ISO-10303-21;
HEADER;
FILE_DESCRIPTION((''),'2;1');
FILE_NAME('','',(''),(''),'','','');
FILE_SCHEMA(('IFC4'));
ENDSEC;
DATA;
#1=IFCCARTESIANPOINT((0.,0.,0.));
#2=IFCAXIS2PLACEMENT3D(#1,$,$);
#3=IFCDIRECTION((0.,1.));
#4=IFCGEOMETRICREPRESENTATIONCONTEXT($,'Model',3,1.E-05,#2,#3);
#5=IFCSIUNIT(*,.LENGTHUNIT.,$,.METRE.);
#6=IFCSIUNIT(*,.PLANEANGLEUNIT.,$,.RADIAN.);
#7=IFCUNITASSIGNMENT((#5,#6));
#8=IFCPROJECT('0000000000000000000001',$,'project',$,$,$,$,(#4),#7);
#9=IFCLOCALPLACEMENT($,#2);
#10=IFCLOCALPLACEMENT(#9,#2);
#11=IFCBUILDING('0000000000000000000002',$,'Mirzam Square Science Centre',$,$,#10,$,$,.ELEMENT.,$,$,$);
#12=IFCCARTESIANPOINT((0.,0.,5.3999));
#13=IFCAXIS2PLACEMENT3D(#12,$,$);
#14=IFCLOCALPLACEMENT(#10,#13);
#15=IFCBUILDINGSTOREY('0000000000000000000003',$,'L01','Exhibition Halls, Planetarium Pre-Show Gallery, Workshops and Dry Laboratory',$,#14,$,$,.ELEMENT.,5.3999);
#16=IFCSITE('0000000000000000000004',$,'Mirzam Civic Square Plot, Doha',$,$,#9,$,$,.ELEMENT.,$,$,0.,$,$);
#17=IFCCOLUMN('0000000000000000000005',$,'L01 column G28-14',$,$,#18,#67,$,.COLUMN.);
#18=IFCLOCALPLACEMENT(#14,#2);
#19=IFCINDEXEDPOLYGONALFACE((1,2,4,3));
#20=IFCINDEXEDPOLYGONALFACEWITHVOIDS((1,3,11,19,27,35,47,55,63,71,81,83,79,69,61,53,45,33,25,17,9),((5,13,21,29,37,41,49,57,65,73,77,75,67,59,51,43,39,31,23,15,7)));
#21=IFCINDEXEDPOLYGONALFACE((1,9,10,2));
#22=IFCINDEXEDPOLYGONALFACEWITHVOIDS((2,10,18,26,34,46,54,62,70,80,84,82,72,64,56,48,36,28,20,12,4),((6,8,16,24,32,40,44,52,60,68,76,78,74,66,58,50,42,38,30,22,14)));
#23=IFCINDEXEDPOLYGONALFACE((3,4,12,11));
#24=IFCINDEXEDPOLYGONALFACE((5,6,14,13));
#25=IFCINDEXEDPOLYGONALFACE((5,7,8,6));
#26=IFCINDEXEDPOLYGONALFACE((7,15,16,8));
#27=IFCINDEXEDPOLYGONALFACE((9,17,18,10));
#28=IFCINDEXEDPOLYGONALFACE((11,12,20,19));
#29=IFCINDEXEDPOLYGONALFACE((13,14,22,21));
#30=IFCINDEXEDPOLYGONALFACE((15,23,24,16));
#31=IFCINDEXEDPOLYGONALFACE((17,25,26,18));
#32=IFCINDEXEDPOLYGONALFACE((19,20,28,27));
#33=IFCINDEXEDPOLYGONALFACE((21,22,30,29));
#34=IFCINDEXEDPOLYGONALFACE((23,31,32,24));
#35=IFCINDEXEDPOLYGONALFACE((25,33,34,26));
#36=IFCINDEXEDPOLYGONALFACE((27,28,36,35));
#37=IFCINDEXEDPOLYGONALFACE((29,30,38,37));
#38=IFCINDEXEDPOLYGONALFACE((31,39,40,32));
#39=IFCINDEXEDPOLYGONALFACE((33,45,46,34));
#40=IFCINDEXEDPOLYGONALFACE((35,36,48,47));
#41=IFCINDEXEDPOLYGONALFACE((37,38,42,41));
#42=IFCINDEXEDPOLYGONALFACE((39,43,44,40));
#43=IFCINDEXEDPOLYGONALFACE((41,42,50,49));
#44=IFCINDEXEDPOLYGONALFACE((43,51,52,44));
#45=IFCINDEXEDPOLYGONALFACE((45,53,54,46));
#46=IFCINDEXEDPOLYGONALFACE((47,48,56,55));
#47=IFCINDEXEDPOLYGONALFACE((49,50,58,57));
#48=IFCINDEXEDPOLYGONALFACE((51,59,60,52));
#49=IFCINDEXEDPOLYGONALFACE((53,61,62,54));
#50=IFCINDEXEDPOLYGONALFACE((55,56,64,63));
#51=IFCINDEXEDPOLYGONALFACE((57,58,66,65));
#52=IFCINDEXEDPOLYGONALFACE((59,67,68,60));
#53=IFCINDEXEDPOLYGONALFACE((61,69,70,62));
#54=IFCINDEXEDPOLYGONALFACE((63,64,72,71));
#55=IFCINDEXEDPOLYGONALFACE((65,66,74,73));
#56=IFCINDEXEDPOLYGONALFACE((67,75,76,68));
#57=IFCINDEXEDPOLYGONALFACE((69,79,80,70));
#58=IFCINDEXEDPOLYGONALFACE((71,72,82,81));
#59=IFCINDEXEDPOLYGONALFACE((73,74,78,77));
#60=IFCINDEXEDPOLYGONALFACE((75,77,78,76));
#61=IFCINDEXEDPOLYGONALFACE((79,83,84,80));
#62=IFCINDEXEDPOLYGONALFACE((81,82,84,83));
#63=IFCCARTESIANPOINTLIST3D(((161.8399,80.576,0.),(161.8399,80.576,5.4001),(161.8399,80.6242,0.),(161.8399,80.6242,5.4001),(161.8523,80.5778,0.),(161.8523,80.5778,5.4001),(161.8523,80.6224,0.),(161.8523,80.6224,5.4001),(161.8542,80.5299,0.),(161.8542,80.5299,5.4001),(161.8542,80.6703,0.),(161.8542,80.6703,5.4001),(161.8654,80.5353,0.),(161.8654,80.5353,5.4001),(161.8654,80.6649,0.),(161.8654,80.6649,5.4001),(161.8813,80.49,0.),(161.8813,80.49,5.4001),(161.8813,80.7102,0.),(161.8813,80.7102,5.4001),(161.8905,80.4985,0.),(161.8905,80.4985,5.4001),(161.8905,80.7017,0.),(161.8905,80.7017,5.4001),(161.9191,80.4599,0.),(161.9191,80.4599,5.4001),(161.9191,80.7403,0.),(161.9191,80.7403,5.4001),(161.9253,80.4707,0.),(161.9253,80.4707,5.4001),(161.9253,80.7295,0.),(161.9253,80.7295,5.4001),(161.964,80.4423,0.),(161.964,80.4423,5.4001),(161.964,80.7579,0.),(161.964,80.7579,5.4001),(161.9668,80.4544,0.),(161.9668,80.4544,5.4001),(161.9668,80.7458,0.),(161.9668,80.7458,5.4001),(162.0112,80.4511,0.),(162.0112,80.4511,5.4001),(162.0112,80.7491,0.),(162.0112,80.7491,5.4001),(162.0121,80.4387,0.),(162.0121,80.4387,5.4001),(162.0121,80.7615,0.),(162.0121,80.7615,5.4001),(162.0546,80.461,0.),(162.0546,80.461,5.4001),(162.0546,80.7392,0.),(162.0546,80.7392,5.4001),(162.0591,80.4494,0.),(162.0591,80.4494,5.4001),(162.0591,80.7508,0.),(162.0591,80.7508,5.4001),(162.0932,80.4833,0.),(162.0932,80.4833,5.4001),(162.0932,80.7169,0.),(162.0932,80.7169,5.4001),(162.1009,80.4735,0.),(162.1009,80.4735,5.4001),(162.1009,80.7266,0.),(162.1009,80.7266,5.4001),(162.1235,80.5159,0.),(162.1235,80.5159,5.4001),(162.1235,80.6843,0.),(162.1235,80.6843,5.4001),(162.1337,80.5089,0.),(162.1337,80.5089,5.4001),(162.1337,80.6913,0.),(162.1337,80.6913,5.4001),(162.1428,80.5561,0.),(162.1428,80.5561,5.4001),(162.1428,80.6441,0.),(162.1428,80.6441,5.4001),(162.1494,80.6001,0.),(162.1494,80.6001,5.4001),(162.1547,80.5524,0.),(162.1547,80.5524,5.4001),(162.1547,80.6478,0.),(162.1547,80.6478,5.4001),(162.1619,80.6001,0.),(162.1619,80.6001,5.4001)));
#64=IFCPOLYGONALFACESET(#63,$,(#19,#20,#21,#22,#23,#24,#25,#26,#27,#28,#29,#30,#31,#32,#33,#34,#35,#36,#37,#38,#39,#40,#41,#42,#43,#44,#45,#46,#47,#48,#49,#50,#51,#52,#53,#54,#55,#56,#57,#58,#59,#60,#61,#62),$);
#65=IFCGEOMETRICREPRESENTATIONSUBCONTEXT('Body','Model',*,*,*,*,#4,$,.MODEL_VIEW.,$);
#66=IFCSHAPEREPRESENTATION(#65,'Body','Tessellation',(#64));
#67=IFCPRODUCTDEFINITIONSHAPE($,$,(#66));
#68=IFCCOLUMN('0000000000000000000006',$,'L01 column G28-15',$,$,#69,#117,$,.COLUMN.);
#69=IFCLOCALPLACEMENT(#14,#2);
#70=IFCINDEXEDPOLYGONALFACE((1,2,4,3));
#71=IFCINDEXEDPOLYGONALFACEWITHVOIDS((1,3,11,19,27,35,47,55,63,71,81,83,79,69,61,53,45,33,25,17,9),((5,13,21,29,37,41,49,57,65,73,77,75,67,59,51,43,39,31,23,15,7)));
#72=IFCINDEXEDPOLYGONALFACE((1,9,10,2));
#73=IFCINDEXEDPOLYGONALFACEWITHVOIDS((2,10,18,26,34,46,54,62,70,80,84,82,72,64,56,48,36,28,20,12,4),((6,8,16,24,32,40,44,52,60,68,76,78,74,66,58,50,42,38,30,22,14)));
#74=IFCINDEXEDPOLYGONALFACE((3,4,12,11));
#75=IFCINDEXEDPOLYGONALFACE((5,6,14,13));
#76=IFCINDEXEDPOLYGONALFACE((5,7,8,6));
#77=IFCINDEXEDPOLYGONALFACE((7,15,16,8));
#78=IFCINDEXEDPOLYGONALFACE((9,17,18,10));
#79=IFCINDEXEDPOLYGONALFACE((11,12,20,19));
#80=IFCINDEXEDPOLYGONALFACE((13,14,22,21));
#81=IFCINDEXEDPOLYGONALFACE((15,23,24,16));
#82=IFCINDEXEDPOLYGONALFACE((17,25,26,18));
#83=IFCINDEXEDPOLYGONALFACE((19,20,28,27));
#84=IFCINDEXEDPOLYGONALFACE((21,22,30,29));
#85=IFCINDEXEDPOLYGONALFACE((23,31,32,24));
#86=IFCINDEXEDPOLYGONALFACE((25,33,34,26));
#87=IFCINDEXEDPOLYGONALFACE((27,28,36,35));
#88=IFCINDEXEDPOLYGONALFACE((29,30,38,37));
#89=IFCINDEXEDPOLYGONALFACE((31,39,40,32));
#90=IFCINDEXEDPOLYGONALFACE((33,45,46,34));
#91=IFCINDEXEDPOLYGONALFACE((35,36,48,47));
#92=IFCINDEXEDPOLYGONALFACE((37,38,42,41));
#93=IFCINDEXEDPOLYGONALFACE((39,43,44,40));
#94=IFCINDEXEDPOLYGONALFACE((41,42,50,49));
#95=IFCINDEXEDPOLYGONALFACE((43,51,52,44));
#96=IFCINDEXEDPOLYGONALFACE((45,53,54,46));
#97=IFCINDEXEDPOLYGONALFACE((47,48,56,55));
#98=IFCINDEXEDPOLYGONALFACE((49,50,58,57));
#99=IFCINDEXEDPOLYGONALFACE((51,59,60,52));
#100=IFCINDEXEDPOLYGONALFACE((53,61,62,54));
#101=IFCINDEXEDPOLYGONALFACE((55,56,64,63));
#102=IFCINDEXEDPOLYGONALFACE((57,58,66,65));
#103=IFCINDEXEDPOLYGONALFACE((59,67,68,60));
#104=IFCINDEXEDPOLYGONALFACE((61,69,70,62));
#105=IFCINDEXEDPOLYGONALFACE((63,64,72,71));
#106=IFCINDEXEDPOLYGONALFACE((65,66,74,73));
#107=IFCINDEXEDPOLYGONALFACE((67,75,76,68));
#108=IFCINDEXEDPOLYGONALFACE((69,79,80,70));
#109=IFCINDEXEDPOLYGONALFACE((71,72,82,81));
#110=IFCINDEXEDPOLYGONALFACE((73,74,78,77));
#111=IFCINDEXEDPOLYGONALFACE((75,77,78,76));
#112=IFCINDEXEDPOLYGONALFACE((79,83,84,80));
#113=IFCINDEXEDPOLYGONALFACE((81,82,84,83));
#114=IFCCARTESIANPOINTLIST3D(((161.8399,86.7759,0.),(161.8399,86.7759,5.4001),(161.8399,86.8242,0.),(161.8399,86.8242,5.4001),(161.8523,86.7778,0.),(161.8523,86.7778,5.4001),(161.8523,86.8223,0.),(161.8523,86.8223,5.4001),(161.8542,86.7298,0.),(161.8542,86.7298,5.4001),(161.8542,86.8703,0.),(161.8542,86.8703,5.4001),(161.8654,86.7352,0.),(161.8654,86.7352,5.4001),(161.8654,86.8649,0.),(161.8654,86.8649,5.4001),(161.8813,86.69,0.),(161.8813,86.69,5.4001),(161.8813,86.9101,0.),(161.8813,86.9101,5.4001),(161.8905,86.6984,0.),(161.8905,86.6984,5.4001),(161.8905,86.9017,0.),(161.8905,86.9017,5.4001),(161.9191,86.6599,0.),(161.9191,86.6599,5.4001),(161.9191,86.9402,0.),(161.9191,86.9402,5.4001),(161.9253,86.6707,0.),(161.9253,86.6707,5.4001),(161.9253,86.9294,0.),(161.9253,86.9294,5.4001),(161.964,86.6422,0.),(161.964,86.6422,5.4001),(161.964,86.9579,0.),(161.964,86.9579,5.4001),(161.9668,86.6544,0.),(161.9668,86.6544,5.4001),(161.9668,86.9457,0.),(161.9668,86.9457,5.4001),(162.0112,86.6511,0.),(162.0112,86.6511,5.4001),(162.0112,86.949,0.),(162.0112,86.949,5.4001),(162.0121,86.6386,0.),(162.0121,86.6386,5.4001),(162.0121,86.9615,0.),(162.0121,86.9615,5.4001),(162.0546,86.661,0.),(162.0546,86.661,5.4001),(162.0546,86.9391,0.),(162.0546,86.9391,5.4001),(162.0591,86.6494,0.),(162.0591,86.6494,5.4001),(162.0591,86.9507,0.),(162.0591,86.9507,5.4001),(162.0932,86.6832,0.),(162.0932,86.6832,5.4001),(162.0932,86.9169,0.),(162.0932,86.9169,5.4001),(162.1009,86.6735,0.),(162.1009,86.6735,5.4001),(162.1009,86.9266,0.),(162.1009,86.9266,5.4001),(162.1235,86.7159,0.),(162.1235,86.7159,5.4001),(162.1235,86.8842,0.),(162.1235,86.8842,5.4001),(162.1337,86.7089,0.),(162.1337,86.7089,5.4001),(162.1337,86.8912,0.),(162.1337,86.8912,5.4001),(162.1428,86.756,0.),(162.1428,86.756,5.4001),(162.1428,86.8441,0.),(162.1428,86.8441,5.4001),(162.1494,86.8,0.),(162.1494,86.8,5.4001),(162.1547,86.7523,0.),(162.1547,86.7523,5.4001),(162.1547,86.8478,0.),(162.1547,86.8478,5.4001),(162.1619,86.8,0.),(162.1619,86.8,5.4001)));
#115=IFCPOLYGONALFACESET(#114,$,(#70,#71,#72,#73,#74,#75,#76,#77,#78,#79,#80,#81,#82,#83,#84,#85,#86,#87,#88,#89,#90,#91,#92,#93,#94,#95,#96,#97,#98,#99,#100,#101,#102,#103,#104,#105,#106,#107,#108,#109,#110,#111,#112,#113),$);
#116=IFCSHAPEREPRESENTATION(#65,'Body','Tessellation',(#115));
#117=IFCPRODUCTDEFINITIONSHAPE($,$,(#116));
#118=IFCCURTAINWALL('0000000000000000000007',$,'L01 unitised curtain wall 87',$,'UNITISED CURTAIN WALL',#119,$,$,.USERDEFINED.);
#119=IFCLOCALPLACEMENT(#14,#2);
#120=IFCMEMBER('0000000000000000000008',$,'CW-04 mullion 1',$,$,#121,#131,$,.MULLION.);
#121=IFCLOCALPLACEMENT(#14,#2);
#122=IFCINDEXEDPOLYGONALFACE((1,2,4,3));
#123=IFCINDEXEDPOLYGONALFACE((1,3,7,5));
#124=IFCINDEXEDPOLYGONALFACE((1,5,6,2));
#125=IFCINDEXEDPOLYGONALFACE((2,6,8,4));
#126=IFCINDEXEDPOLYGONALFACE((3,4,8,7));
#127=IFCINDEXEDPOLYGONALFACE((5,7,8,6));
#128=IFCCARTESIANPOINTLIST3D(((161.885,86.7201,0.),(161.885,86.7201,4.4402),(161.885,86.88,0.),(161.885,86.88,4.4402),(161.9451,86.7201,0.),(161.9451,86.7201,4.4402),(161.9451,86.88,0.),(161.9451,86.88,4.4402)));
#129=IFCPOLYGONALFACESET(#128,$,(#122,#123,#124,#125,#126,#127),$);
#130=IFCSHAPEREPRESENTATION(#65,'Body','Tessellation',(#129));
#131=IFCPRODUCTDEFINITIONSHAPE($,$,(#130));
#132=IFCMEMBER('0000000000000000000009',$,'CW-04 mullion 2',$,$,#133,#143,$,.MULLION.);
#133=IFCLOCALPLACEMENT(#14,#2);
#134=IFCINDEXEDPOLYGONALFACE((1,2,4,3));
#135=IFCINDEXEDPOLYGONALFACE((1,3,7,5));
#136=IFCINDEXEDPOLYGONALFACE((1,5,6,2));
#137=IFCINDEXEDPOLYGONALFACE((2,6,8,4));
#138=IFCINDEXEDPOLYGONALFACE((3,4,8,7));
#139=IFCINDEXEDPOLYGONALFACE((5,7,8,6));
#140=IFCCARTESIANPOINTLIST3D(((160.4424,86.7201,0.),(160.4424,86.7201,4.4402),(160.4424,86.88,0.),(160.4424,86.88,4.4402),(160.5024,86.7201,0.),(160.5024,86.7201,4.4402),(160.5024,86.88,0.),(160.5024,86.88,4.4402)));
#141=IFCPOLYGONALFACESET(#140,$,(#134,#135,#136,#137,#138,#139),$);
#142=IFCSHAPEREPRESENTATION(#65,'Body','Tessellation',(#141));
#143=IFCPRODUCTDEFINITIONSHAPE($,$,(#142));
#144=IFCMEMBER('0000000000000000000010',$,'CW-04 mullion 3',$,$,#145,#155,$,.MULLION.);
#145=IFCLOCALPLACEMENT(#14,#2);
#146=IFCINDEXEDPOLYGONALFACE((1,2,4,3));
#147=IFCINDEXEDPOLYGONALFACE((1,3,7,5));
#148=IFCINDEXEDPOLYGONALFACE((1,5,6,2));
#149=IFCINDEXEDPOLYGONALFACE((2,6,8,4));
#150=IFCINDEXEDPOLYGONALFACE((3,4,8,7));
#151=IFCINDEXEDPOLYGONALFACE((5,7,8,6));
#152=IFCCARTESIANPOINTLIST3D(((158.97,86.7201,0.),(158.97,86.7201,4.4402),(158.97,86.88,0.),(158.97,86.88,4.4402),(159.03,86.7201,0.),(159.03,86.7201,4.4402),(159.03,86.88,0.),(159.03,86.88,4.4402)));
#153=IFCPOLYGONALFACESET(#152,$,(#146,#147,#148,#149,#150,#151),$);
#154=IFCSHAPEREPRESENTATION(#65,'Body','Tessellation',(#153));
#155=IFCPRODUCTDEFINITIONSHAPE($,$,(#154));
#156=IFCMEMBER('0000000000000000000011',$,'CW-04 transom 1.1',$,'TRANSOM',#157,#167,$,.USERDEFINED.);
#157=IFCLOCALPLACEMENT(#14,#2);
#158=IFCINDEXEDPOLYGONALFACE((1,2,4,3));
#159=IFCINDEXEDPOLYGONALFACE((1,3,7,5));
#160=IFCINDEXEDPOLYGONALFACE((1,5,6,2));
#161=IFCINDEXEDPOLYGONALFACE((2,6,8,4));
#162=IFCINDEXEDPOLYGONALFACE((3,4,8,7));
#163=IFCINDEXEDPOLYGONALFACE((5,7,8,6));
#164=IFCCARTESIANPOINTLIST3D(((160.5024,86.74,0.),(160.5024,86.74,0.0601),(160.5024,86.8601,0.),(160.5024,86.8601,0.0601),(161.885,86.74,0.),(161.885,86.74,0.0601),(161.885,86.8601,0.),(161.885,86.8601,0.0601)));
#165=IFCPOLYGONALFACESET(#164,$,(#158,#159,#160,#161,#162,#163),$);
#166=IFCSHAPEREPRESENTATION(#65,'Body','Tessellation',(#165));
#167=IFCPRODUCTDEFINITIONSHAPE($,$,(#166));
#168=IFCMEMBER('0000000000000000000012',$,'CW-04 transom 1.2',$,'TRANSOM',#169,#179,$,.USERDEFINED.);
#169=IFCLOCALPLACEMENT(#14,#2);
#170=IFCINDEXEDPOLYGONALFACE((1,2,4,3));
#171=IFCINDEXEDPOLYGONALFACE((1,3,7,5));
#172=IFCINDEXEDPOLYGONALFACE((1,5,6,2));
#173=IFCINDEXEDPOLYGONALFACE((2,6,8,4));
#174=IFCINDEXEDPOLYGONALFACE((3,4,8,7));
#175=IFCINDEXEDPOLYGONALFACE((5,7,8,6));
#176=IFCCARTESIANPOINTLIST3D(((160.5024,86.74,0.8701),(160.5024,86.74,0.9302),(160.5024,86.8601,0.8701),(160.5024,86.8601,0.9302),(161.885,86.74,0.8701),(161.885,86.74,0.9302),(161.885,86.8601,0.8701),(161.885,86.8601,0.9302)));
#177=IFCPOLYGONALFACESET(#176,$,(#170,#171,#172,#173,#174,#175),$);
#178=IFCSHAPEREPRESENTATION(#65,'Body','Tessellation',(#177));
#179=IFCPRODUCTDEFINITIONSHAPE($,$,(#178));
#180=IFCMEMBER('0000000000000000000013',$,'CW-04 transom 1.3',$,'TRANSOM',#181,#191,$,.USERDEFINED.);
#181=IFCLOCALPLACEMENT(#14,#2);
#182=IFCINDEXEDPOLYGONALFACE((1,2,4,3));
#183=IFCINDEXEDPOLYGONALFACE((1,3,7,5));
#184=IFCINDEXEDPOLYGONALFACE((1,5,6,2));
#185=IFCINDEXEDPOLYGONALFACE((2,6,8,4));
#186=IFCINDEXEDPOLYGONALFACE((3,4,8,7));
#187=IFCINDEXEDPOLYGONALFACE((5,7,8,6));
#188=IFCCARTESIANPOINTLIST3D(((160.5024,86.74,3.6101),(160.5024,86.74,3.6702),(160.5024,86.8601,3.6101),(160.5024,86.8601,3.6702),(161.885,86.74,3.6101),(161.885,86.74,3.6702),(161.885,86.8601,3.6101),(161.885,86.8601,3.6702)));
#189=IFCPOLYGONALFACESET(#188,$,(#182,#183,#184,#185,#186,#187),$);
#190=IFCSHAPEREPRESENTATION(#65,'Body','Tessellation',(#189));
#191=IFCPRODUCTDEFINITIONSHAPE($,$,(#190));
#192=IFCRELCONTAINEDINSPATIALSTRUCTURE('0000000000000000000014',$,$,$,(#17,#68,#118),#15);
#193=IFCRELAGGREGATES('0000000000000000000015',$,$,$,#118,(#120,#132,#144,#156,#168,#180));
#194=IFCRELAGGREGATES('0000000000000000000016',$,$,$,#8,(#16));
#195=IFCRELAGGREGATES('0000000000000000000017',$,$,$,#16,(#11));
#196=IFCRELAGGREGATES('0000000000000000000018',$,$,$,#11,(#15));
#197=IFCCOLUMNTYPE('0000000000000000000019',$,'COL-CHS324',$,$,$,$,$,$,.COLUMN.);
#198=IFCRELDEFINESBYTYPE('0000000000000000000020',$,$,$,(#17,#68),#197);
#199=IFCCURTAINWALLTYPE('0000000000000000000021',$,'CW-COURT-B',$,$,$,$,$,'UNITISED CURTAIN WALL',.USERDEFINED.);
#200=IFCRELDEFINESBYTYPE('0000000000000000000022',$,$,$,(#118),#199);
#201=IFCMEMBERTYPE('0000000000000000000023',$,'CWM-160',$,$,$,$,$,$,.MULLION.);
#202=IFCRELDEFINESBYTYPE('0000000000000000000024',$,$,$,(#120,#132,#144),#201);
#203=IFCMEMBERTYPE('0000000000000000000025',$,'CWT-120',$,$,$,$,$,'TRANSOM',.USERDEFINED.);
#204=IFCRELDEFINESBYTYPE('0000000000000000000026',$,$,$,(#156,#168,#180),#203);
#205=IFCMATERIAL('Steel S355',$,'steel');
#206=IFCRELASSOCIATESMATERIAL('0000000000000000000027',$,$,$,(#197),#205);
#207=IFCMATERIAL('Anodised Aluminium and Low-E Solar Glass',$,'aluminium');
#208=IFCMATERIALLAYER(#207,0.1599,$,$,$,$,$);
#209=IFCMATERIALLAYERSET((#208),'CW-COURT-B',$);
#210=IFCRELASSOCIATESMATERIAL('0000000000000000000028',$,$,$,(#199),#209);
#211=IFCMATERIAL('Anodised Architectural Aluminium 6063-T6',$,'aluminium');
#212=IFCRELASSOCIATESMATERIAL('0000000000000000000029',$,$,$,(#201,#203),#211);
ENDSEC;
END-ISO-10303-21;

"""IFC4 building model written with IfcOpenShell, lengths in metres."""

from ifc_helpers import new_model, si_unit, direction, frame, origin, origin_2d, place, context, subcontext, project, spatial, rectangle, hollow_circle, extrude, material, layer, layer_set, material_profile, profile_set, type_object, element, aggregate, save


model = new_model("IFC4")

# Units and contexts
model_context = context("Model", 3, precision=1e-05, world=origin(), true_north=direction((0.0, 1.0)))
body_context = subcontext(model_context, "Body", "Model", "MODEL_VIEW")
ifc_project = project(units=[si_unit("LENGTHUNIT", "METRE"), si_unit("PLANEANGLEUNIT", "RADIAN")], contexts=[model_context])

# Site, building, storey
site_placement = place(None, origin())
site = spatial("IfcSite", under=ifc_project, at=site_placement, Name="Mirzam Civic Square Plot, Doha", CompositionType="ELEMENT", RefElevation=0.0)
building_placement = place(site_placement, origin())
building = spatial("IfcBuilding", under=site, at=building_placement, Name="Mirzam Square Science Centre", CompositionType="ELEMENT")
storey_placement = place(building_placement, frame((0.0, 0.0, 5.3999)))
storey = spatial("IfcBuildingStorey", under=building, at=storey_placement, Name="L01", Description="Exhibition Halls, Planetarium Pre-Show Gallery, Workshops and Dry Laboratory", CompositionType="ELEMENT", Elevation=5.3999)

# Columns
ifc_material_1 = material(Name="Steel S355", Category="steel")
ifc_material_profile_1 = material_profile(ifc_material_1, hollow_circle(Radius=0.1619, WallThickness=0.0125, at=origin_2d()), Name="323.9x12.5CHS")
ifc_profile_set_1 = profile_set([ifc_material_profile_1], Name="Steel S355")
column_type = type_object("IfcColumnType", Name="COL-CHS324", PredefinedType="COLUMN", material=ifc_profile_set_1)
for number, where, z_axis, x_axis, name in (
    (1, (162.0, 80.6001, 0.0), (0.0, 0.0, 1.0), (1.0, 0.0, 0.0), "L01 column G28-14"),
    (2, (162.0, 86.8, 0.0), (0.0, 0.0, 1.0), (1.0, 0.0, 0.0), "L01 column G28-15"),
):
    element("IfcColumn", number, at=place(storey_placement, frame(where, z_axis=z_axis, x_axis=x_axis)), inside=storey, type_object=column_type, Name=name, PredefinedType="COLUMN", context=body_context, shape_type="SweptSolid", body=[
        extrude(hollow_circle(Radius=0.1619, WallThickness=0.0125, at=origin_2d()), origin(), (0.0, 0.0, 1.0), 5.4001),
    ])

# Curtain wall, members
ifc_material_2 = material(Name="Anodised Aluminium and Low-E Solar Glass", Category="aluminium")
ifc_layer_1 = layer(ifc_material_2, 0.1599)
ifc_layer_set_1 = layer_set([ifc_layer_1], Name="CW-COURT-B")
curtain_wall_type = type_object("IfcCurtainWallType", Name="CW-COURT-B", ElementType="UNITISED CURTAIN WALL", PredefinedType="USERDEFINED", material=ifc_layer_set_1)
curtain_wall_placement = place(storey_placement, origin())
curtain_wall = element("IfcCurtainWall", 3, at=curtain_wall_placement, inside=storey, type_object=curtain_wall_type, Name="L01 unitised curtain wall 87", ObjectType="UNITISED CURTAIN WALL", PredefinedType="USERDEFINED")
ifc_material_3 = material(Name="Anodised Architectural Aluminium 6063-T6", Category="aluminium")
ifc_material_profile_2 = material_profile(ifc_material_3, rectangle(XDim=0.0601, YDim=0.1599, at=origin_2d()), Name="ALU-MULL-160x60x4")
ifc_profile_set_2 = profile_set([ifc_material_profile_2], Name="Anodised Architectural Aluminium 6063-T6")
member_type_1 = type_object("IfcMemberType", Name="CWM-160", PredefinedType="MULLION", material=ifc_profile_set_2)
member_1_placement = place(storey_placement, frame((161.915, 86.8, 0.0), z_axis=(0.0, 0.0, 1.0), x_axis=(-1.0, 0.0, 0.0)))
member_1 = element("IfcMember", 4, at=member_1_placement, type_object=member_type_1, Name="CW-04 mullion 1", PredefinedType="MULLION", context=body_context, shape_type="SweptSolid", body=[
    extrude(rectangle(XDim=0.0601, YDim=0.1599, at=origin_2d()), origin(), (0.0, 0.0, 1.0), 4.4402),
])
member_2_placement = place(storey_placement, frame((160.4724, 86.8, 0.0), z_axis=(0.0, 0.0, 1.0), x_axis=(-1.0, 0.0, 0.0)))
member_2 = element("IfcMember", 5, at=member_2_placement, type_object=member_type_1, Name="CW-04 mullion 2", PredefinedType="MULLION", context=body_context, shape_type="SweptSolid", body=[
    extrude(rectangle(XDim=0.0601, YDim=0.1599, at=origin_2d()), origin(), (0.0, 0.0, 1.0), 4.4402),
])
member_3_placement = place(storey_placement, frame((159.0, 86.8, 0.0), z_axis=(0.0, 0.0, 1.0), x_axis=(-1.0, 0.0, 0.0)))
member_3 = element("IfcMember", 6, at=member_3_placement, type_object=member_type_1, Name="CW-04 mullion 3", PredefinedType="MULLION", context=body_context, shape_type="SweptSolid", body=[
    extrude(rectangle(XDim=0.0601, YDim=0.1599, at=origin_2d()), origin(), (0.0, 0.0, 1.0), 4.4402),
])
ifc_material_profile_3 = material_profile(ifc_material_3, rectangle(XDim=0.1201, YDim=0.0601, at=origin_2d()), Name="ALU-TRAN-120x60x4")
ifc_profile_set_3 = profile_set([ifc_material_profile_3], Name="Anodised Architectural Aluminium 6063-T6")
member_type_2 = type_object("IfcMemberType", Name="CWT-120", ElementType="TRANSOM", PredefinedType="USERDEFINED", material=ifc_profile_set_3)
member_4_placement = place(storey_placement, frame((161.885, 86.8, 0.03), z_axis=(-1.0, 0.0, 0.0), x_axis=(0.0, -1.0, 0.0)))
member_4 = element("IfcMember", 7, at=member_4_placement, type_object=member_type_2, Name="CW-04 transom 1.1", ObjectType="TRANSOM", PredefinedType="USERDEFINED", context=body_context, shape_type="SweptSolid", body=[
    extrude(rectangle(XDim=0.1201, YDim=0.0601, at=origin_2d()), origin(), (0.0, 0.0, 1.0), 1.3826),
])
member_5_placement = place(storey_placement, frame((161.885, 86.8, 0.9001), z_axis=(-1.0, 0.0, 0.0), x_axis=(0.0, -1.0, 0.0)))
member_5 = element("IfcMember", 8, at=member_5_placement, type_object=member_type_2, Name="CW-04 transom 1.2", ObjectType="TRANSOM", PredefinedType="USERDEFINED", context=body_context, shape_type="SweptSolid", body=[
    extrude(rectangle(XDim=0.1201, YDim=0.0601, at=origin_2d()), origin(), (0.0, 0.0, 1.0), 1.3826),
])
member_6_placement = place(storey_placement, frame((161.885, 86.8, 3.6401), z_axis=(-1.0, 0.0, 0.0), x_axis=(0.0, -1.0, 0.0)))
member_6 = element("IfcMember", 9, at=member_6_placement, type_object=member_type_2, Name="CW-04 transom 1.3", ObjectType="TRANSOM", PredefinedType="USERDEFINED", context=body_context, shape_type="SweptSolid", body=[
    extrude(rectangle(XDim=0.1201, YDim=0.0601, at=origin_2d()), origin(), (0.0, 0.0, 1.0), 1.3826),
])

aggregate(curtain_wall, [member_1, member_2, member_3, member_4, member_5, member_6])

save(model, "model.ifc")
